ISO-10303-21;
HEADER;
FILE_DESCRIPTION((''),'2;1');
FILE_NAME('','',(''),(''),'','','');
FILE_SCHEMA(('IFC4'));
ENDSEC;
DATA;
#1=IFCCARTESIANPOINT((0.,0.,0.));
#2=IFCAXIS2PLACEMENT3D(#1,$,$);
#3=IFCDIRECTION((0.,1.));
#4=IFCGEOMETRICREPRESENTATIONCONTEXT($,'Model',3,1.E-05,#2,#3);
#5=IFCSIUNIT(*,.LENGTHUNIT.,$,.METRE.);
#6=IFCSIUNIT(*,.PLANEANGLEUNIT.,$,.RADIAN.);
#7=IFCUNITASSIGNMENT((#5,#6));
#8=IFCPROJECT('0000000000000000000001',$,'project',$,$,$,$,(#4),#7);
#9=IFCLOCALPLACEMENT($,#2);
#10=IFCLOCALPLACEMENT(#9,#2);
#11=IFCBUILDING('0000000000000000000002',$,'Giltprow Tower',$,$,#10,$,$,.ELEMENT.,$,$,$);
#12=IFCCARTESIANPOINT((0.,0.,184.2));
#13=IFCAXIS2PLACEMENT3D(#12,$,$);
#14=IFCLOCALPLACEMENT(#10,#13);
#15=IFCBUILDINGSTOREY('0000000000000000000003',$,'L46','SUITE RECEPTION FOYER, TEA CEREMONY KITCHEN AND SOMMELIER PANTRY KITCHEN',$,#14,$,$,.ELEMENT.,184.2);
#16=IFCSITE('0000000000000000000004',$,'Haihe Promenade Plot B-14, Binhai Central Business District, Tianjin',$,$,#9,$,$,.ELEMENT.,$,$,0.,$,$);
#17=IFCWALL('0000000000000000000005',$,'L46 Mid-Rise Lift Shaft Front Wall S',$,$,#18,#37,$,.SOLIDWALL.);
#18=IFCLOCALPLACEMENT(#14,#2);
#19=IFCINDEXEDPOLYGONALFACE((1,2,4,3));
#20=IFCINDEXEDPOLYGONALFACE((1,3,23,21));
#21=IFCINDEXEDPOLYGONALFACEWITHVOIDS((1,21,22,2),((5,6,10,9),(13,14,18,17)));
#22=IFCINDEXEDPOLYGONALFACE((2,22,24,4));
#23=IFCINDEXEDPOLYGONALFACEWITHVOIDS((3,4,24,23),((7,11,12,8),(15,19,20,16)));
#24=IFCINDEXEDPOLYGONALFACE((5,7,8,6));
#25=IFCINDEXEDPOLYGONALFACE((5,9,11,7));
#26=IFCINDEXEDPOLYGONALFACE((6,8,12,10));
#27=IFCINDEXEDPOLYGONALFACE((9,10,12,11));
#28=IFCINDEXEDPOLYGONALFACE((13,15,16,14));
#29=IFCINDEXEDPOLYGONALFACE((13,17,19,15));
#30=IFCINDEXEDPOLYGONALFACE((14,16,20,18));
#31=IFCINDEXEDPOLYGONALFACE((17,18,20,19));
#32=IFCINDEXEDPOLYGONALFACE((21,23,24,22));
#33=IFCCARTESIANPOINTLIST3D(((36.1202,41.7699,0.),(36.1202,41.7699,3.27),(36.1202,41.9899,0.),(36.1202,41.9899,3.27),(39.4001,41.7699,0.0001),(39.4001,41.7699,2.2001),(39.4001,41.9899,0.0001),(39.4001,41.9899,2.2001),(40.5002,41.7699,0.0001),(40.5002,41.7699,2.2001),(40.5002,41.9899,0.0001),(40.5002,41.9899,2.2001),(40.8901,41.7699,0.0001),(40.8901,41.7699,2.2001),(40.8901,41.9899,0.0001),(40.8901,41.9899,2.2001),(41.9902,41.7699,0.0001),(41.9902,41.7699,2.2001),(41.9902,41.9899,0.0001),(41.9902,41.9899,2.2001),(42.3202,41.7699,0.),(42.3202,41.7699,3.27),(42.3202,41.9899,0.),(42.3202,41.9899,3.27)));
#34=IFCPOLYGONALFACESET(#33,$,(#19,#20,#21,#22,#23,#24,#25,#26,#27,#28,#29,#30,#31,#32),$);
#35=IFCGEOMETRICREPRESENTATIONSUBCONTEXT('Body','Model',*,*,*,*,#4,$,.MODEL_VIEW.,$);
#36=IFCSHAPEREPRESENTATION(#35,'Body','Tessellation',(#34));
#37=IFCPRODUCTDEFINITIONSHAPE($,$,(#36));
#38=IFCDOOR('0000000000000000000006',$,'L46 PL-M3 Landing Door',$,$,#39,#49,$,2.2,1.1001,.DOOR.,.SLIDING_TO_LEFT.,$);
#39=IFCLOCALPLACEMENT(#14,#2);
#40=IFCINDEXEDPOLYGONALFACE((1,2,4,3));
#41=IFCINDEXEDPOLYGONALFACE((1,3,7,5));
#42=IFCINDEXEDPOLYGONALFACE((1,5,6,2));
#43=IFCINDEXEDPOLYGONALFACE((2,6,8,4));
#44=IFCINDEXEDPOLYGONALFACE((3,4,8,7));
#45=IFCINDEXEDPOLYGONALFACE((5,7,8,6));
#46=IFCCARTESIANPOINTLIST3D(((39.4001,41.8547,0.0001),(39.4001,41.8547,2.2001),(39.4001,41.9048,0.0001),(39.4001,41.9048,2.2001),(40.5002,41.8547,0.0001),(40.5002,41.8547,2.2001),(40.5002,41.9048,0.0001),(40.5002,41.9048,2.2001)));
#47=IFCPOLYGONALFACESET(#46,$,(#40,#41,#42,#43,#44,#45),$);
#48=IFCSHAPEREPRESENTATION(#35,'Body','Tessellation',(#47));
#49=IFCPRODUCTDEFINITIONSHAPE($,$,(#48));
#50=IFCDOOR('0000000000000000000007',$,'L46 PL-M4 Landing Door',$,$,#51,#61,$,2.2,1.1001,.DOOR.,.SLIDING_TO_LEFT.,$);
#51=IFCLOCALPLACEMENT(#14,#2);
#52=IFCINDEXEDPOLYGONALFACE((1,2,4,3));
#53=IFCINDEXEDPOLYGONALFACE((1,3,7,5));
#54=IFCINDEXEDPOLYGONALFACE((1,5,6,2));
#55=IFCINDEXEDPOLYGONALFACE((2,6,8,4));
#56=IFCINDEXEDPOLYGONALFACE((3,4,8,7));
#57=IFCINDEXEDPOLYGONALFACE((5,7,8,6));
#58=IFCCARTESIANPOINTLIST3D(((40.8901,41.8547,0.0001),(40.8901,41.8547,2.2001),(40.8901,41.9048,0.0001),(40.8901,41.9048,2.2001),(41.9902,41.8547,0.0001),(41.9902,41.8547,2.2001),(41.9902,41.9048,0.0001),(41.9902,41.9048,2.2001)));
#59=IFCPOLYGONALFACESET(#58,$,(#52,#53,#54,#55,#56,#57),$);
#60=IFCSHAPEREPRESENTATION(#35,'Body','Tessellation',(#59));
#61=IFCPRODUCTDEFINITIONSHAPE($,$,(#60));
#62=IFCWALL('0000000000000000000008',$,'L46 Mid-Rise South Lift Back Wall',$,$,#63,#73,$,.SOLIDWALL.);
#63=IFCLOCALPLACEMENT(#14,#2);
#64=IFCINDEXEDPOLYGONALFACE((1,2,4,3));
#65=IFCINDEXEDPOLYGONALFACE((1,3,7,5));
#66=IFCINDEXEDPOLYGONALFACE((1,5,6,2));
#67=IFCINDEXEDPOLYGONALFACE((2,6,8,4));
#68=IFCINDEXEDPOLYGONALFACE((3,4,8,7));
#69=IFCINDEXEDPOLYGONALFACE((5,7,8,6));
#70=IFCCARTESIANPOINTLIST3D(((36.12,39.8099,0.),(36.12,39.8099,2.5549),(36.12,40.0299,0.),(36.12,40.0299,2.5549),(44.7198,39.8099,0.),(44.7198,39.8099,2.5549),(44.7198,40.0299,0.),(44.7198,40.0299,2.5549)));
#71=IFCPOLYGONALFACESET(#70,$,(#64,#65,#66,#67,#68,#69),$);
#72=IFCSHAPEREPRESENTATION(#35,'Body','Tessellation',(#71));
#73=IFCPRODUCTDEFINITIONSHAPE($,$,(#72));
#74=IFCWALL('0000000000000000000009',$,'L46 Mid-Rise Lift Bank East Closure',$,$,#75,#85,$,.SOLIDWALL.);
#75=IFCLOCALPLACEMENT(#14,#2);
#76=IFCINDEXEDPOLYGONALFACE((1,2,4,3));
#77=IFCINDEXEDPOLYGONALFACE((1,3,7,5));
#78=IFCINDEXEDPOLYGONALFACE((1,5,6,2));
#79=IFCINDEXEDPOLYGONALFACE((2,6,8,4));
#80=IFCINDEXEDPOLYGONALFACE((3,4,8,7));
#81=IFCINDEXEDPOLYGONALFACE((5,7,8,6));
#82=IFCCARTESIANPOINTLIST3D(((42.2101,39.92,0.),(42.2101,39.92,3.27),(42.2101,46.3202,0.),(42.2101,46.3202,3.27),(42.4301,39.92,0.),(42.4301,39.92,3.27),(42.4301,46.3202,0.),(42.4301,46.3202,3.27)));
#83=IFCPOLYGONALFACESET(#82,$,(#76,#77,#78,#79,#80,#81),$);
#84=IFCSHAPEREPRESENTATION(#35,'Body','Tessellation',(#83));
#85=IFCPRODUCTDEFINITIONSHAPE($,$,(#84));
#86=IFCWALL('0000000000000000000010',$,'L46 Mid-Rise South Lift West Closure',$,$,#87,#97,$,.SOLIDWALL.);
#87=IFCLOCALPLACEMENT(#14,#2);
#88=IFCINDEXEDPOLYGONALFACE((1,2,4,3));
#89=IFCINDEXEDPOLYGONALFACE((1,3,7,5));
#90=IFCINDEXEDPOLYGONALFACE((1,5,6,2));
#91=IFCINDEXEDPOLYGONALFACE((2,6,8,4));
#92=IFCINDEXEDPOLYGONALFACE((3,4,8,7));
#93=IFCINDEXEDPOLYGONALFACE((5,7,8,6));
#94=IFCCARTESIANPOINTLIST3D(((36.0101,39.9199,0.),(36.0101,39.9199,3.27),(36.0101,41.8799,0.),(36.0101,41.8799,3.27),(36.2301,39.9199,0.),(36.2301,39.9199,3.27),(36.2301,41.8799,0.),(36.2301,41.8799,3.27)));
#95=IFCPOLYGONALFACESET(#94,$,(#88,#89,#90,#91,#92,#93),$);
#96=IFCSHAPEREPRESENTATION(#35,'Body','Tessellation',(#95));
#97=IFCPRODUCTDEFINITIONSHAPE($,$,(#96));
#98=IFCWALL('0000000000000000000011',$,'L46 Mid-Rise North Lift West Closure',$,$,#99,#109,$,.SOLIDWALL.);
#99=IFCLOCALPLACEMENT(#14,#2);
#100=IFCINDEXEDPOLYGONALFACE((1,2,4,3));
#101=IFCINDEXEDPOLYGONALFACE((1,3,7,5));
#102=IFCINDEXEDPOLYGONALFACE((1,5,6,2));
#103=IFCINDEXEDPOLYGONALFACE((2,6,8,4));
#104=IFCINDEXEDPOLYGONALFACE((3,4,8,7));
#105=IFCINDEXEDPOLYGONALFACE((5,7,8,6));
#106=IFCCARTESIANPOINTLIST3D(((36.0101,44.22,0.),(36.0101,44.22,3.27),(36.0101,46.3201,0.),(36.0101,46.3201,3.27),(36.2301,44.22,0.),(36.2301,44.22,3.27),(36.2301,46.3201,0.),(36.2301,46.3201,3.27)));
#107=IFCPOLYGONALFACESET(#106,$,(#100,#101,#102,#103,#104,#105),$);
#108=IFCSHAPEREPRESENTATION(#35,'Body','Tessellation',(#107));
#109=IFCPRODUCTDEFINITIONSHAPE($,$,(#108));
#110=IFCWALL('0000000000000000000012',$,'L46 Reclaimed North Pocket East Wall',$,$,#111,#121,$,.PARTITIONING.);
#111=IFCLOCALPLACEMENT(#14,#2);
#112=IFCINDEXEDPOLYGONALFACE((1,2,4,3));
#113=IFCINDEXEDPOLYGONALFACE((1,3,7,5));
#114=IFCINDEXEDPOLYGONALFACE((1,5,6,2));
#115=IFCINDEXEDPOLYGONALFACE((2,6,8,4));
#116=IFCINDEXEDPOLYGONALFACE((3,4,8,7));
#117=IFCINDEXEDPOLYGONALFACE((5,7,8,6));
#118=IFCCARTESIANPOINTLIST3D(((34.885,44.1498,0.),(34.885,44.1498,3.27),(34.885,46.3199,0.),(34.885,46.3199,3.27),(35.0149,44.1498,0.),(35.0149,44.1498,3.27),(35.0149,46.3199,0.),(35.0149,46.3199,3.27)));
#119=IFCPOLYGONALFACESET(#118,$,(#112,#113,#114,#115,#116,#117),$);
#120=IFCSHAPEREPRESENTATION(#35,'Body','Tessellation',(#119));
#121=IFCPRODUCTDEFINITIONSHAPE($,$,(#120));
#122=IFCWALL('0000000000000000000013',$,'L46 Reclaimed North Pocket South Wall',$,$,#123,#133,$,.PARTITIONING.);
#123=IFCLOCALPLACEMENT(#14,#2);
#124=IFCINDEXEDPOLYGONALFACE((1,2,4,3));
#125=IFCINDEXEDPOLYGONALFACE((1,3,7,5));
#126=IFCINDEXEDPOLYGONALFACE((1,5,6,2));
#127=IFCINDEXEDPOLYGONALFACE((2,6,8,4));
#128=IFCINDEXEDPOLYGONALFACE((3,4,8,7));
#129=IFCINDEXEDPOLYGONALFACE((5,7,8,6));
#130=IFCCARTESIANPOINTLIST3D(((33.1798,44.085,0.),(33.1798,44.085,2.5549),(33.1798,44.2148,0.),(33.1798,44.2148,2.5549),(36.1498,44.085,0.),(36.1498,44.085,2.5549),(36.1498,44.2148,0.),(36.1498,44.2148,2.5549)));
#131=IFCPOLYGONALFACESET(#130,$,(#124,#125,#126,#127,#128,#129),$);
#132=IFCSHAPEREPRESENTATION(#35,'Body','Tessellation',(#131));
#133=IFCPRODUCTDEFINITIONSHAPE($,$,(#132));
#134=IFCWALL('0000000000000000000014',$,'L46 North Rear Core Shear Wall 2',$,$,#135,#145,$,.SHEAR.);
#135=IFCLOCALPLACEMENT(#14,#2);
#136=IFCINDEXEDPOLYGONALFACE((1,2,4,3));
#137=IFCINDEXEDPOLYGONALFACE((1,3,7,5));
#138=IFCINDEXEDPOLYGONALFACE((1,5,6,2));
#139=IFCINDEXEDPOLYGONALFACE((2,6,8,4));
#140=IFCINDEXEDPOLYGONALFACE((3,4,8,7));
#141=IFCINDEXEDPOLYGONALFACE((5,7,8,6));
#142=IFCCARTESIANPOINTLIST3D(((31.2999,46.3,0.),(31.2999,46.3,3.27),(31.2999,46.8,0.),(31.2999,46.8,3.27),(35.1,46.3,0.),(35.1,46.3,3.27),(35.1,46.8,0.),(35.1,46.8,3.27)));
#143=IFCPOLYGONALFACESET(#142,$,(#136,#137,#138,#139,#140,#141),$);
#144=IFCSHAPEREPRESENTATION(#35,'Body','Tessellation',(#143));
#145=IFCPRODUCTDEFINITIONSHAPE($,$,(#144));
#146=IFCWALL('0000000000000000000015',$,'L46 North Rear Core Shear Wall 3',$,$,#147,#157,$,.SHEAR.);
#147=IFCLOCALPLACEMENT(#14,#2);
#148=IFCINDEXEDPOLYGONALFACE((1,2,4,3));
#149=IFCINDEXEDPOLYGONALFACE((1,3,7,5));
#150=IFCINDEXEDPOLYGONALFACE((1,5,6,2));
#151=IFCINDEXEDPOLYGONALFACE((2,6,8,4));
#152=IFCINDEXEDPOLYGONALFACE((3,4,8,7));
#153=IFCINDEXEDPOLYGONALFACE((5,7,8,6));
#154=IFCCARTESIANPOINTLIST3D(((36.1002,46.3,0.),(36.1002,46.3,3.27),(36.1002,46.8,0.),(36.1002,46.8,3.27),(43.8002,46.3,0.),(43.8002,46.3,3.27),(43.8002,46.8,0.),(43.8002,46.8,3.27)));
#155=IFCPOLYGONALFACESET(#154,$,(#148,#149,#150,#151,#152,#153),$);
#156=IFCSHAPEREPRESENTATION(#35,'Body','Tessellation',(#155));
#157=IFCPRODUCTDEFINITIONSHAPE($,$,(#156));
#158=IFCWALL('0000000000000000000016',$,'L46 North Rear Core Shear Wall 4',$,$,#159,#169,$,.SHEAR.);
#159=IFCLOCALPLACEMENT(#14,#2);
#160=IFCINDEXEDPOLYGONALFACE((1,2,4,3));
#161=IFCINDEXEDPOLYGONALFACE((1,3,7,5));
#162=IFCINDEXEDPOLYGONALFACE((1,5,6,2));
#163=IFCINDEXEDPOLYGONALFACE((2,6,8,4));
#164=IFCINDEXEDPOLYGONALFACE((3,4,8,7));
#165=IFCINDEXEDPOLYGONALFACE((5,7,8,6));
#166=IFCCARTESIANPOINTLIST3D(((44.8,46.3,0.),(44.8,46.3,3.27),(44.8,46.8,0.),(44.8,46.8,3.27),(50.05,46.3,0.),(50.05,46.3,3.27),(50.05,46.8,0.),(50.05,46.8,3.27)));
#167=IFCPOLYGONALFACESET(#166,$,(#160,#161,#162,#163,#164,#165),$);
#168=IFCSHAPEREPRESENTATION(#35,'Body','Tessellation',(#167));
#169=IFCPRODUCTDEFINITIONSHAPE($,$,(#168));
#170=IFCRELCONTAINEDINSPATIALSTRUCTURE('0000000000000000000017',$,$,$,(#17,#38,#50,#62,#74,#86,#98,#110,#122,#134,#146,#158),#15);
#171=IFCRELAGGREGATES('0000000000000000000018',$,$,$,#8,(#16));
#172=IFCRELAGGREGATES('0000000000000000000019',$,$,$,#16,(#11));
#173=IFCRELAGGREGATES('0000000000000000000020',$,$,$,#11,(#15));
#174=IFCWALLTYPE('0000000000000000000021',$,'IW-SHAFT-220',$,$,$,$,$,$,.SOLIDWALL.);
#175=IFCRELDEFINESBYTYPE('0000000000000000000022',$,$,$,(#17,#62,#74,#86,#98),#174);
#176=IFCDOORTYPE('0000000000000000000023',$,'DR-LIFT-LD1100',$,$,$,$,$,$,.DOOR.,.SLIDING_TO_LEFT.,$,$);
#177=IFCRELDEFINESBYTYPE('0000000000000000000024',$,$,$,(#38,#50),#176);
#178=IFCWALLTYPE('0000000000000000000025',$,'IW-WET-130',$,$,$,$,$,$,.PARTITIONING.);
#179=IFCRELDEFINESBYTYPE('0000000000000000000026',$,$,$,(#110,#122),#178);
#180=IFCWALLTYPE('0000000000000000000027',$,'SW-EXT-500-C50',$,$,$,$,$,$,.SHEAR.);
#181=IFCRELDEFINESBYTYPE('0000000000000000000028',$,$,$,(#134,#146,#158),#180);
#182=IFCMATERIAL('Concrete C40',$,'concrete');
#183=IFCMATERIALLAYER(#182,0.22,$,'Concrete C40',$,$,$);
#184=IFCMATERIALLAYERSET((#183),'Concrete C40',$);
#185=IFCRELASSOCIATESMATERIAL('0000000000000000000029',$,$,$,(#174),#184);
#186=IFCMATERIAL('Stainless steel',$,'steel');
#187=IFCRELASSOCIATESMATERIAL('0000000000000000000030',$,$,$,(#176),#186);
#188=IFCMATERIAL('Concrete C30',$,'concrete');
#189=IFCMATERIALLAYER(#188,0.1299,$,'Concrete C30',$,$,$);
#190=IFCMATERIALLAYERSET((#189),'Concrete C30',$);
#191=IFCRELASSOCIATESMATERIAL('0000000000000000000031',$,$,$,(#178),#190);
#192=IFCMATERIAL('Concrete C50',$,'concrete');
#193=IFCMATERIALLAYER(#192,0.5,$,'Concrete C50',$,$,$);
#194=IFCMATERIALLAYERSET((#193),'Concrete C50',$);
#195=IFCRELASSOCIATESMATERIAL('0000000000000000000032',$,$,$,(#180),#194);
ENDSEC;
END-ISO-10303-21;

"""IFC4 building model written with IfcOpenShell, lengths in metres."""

from ifc_helpers import new_model, si_unit, direction, frame, frame_2d, origin, place, context, subcontext, project, spatial, rectangle, extrude, source, transform, mapped, material, layer, layer_set, type_object, element, fill, save


model = new_model("IFC4")

# Units and contexts
model_context = context("Model", 3, precision=1e-05, world=origin(), true_north=direction((0.0, 1.0)))
body_context = subcontext(model_context, "Body", "Model", "MODEL_VIEW")
ifc_project = project(units=[si_unit("LENGTHUNIT", "METRE"), si_unit("PLANEANGLEUNIT", "RADIAN")], contexts=[model_context])

# Site, building, storey
site_placement = place(None, origin())
site = spatial("IfcSite", under=ifc_project, at=site_placement, Name="Haihe Promenade Plot B-14, Binhai Central Business District, Tianjin", CompositionType="ELEMENT", RefElevation=0.0)
building_placement = place(site_placement, origin())
building = spatial("IfcBuilding", under=site, at=building_placement, Name="Giltprow Tower", CompositionType="ELEMENT")
storey_placement = place(building_placement, frame((0.0, 0.0, 184.2)))
storey = spatial("IfcBuildingStorey", under=building, at=storey_placement, Name="L46", Description="SUITE RECEPTION FOYER, TEA CEREMONY KITCHEN AND SOMMELIER PANTRY KITCHEN", CompositionType="ELEMENT", Elevation=184.2)

# Shared definitions
ifc_material_1 = material(Name="Concrete C50", Category="concrete")

# Shared definitions
ifc_material_2 = material(Name="Concrete C40", Category="concrete")
ifc_layer_1 = layer(ifc_material_2, 0.22, Name="Concrete C40")
ifc_layer_set_1 = layer_set([ifc_layer_1], Name="Concrete C40")
wall_type_1 = type_object("IfcWallType", Name="IW-SHAFT-220", PredefinedType="SOLIDWALL", material=ifc_layer_set_1)
ifc_material_3 = material(Name="Stainless steel", Category="steel")
door_type = type_object("IfcDoorType", Name="DR-LIFT-LD1100", OperationType="SLIDING_TO_LEFT", PredefinedType="DOOR", material=ifc_material_3)
shared_shape_1 = source(origin(), body_context, "Body", "SweptSolid", [
    extrude(rectangle(XDim=1.1001, YDim=2.2, at=frame_2d((0.55, 1.1001))), frame((0.0, 0.0249, 0.0), z_axis=(0.0, -1.0, 0.0), x_axis=(1.0, 0.0, 0.0)), (0.0, 0.0, 1.0), 0.05),
])

# Wall, openings, doors
wall_1_placement = place(storey_placement, frame((36.1201, 41.8799, 0.0), z_axis=(0.0, 0.0, 1.0), x_axis=(1.0, 0.0, 0.0)))
wall_1 = element("IfcWall", 1, at=wall_1_placement, inside=storey, type_object=wall_type_1, Name="L46 Mid-Rise Lift Shaft Front Wall S", PredefinedType="SOLIDWALL", context=body_context, shape_type="SweptSolid", body=[
    extrude(rectangle(XDim=6.2, YDim=0.22, at=frame_2d((3.1001, 0.0))), origin(), (0.0, 0.0, 1.0), 3.27),
])
opening_1_placement = place(wall_1_placement, frame((3.28, 0.0, 0.0)))
opening_1 = element("IfcOpeningElement", 2, at=opening_1_placement, cuts=wall_1, PredefinedType="OPENING", context=body_context, shape_type="SweptSolid", body=[
    extrude(rectangle(XDim=1.1001, YDim=2.2, at=frame_2d((0.55, 1.1001))), frame((0.0, 0.1199, 0.0), z_axis=(0.0, -1.0, 0.0), x_axis=(1.0, 0.0, 0.0)), (0.0, 0.0, 1.0), 0.24),
])
opening_2_placement = place(wall_1_placement, frame((4.77, 0.0, 0.0)))
opening_2 = element("IfcOpeningElement", 3, at=opening_2_placement, cuts=wall_1, PredefinedType="OPENING", context=body_context, shape_type="SweptSolid", body=[
    extrude(rectangle(XDim=1.1001, YDim=2.2, at=frame_2d((0.55, 1.1001))), frame((0.0, 0.1199, 0.0), z_axis=(0.0, -1.0, 0.0), x_axis=(1.0, 0.0, 0.0)), (0.0, 0.0, 1.0), 0.24),
])
door_1_placement = place(opening_1_placement, origin())
door_1 = element("IfcDoor", 4, at=door_1_placement, inside=storey, type_object=door_type, Name="L46 PL-M3 Landing Door", OperationType="SLIDING_TO_LEFT", OverallHeight=2.2, OverallWidth=1.1001, PredefinedType="DOOR", context=body_context, shape_type="MappedRepresentation", body=[
    mapped(shared_shape_1, transform((0.0, 0.0, 0.0), x_axis=(1.0, 0.0, 0.0), y_axis=(0.0, 1.0, 0.0), z_axis=(0.0, 0.0, 1.0), scale=1.0)),
])
fill(opening_1, door_1)
door_2_placement = place(opening_2_placement, origin())
door_2 = element("IfcDoor", 5, at=door_2_placement, inside=storey, type_object=door_type, Name="L46 PL-M4 Landing Door", OperationType="SLIDING_TO_LEFT", OverallHeight=2.2, OverallWidth=1.1001, PredefinedType="DOOR", context=body_context, shape_type="MappedRepresentation", body=[
    mapped(shared_shape_1, transform((0.0, 0.0, 0.0), x_axis=(1.0, 0.0, 0.0), y_axis=(0.0, 1.0, 0.0), z_axis=(0.0, 0.0, 1.0), scale=1.0)),
])
fill(opening_2, door_2)

# Walls
wall_2_placement = place(storey_placement, frame((36.1201, 39.9199, 0.0), z_axis=(0.0, 0.0, 1.0), x_axis=(1.0, 0.0, 0.0)))
element("IfcWall", 6, at=wall_2_placement, inside=storey, type_object=wall_type_1, Name="L46 Mid-Rise South Lift Back Wall", PredefinedType="SOLIDWALL", context=body_context, shape_type="SweptSolid", body=[
    extrude(rectangle(XDim=8.5999, YDim=0.22, at=frame_2d((4.2998, 0.0))), origin(), (0.0, 0.0, 1.0), 2.5549),
])
wall_3_placement = place(storey_placement, frame((42.3201, 39.9199, 0.0), z_axis=(0.0, 0.0, 1.0), x_axis=(0.0, 1.0, 0.0)))
element("IfcWall", 7, at=wall_3_placement, inside=storey, type_object=wall_type_1, Name="L46 Mid-Rise Lift Bank East Closure", PredefinedType="SOLIDWALL", context=body_context, shape_type="SweptSolid", body=[
    extrude(rectangle(XDim=6.4001, YDim=0.22, at=frame_2d((3.2002, 0.0))), origin(), (0.0, 0.0, 1.0), 3.27),
])
wall_4_placement = place(storey_placement, frame((36.1201, 39.9199, 0.0), z_axis=(0.0, 0.0, 1.0), x_axis=(0.0, 1.0, 0.0)))
element("IfcWall", 8, at=wall_4_placement, inside=storey, type_object=wall_type_1, Name="L46 Mid-Rise South Lift West Closure", PredefinedType="SOLIDWALL", context=body_context, shape_type="SweptSolid", body=[
    extrude(rectangle(XDim=1.96, YDim=0.22, at=frame_2d((0.98, 0.0))), origin(), (0.0, 0.0, 1.0), 3.27),
])
wall_5_placement = place(storey_placement, frame((36.1201, 44.22, 0.0), z_axis=(0.0, 0.0, 1.0), x_axis=(0.0, 1.0, 0.0)))
element("IfcWall", 9, at=wall_5_placement, inside=storey, type_object=wall_type_1, Name="L46 Mid-Rise North Lift West Closure", PredefinedType="SOLIDWALL", context=body_context, shape_type="SweptSolid", body=[
    extrude(rectangle(XDim=2.1001, YDim=0.22, at=frame_2d((1.05, 0.0))), origin(), (0.0, 0.0, 1.0), 3.27),
])
ifc_material_4 = material(Name="Concrete C30", Category="concrete")
ifc_layer_2 = layer(ifc_material_4, 0.1299, Name="Concrete C30")
ifc_layer_set_2 = layer_set([ifc_layer_2], Name="Concrete C30")
wall_type_2 = type_object("IfcWallType", Name="IW-WET-130", PredefinedType="PARTITIONING", material=ifc_layer_set_2)
wall_6_placement = place(storey_placement, frame((34.95, 44.1499, 0.0), z_axis=(0.0, 0.0, 1.0), x_axis=(0.0, 1.0, 0.0)))
element("IfcWall", 10, at=wall_6_placement, inside=storey, type_object=wall_type_2, Name="L46 Reclaimed North Pocket East Wall", PredefinedType="PARTITIONING", context=body_context, shape_type="SweptSolid", body=[
    extrude(rectangle(XDim=2.1702, YDim=0.1299, at=frame_2d((1.085, 0.0))), origin(), (0.0, 0.0, 1.0), 3.27),
])
wall_7_placement = place(storey_placement, frame((33.1799, 44.1499, 0.0), z_axis=(0.0, 0.0, 1.0), x_axis=(1.0, 0.0, 0.0)))
element("IfcWall", 11, at=wall_7_placement, inside=storey, type_object=wall_type_2, Name="L46 Reclaimed North Pocket South Wall", PredefinedType="PARTITIONING", context=body_context, shape_type="SweptSolid", body=[
    extrude(rectangle(XDim=2.97, YDim=0.1299, at=frame_2d((1.4849, 0.0))), origin(), (0.0, 0.0, 1.0), 2.5549),
])
ifc_layer_3 = layer(ifc_material_1, 0.5, Name="Concrete C50")
ifc_layer_set_3 = layer_set([ifc_layer_3], Name="Concrete C50")
wall_type_3 = type_object("IfcWallType", Name="SW-EXT-500-C50", PredefinedType="SHEAR", material=ifc_layer_set_3)
wall_8_placement = place(storey_placement, frame((31.3, 46.55, 0.0), z_axis=(0.0, 0.0, 1.0), x_axis=(1.0, 0.0, 0.0)))
element("IfcWall", 12, at=wall_8_placement, inside=storey, type_object=wall_type_3, Name="L46 North Rear Core Shear Wall 2", PredefinedType="SHEAR", context=body_context, shape_type="SweptSolid", body=[
    extrude(rectangle(XDim=3.8, YDim=0.5, at=frame_2d((1.8999, 0.0))), origin(), (0.0, 0.0, 1.0), 3.27),
])
wall_9_placement = place(storey_placement, frame((36.1001, 46.55, 0.0), z_axis=(0.0, 0.0, 1.0), x_axis=(1.0, 0.0, 0.0)))
element("IfcWall", 13, at=wall_9_placement, inside=storey, type_object=wall_type_3, Name="L46 North Rear Core Shear Wall 3", PredefinedType="SHEAR", context=body_context, shape_type="SweptSolid", body=[
    extrude(rectangle(XDim=7.7, YDim=0.5, at=frame_2d((3.8501, 0.0))), origin(), (0.0, 0.0, 1.0), 3.27),
])
wall_10_placement = place(storey_placement, frame((44.8, 46.55, 0.0), z_axis=(0.0, 0.0, 1.0), x_axis=(1.0, 0.0, 0.0)))
element("IfcWall", 14, at=wall_10_placement, inside=storey, type_object=wall_type_3, Name="L46 North Rear Core Shear Wall 4", PredefinedType="SHEAR", context=body_context, shape_type="SweptSolid", body=[
    extrude(rectangle(XDim=5.25, YDim=0.5, at=frame_2d((2.625, 0.0))), origin(), (0.0, 0.0, 1.0), 3.27),
])

save(model, "model.ifc")
